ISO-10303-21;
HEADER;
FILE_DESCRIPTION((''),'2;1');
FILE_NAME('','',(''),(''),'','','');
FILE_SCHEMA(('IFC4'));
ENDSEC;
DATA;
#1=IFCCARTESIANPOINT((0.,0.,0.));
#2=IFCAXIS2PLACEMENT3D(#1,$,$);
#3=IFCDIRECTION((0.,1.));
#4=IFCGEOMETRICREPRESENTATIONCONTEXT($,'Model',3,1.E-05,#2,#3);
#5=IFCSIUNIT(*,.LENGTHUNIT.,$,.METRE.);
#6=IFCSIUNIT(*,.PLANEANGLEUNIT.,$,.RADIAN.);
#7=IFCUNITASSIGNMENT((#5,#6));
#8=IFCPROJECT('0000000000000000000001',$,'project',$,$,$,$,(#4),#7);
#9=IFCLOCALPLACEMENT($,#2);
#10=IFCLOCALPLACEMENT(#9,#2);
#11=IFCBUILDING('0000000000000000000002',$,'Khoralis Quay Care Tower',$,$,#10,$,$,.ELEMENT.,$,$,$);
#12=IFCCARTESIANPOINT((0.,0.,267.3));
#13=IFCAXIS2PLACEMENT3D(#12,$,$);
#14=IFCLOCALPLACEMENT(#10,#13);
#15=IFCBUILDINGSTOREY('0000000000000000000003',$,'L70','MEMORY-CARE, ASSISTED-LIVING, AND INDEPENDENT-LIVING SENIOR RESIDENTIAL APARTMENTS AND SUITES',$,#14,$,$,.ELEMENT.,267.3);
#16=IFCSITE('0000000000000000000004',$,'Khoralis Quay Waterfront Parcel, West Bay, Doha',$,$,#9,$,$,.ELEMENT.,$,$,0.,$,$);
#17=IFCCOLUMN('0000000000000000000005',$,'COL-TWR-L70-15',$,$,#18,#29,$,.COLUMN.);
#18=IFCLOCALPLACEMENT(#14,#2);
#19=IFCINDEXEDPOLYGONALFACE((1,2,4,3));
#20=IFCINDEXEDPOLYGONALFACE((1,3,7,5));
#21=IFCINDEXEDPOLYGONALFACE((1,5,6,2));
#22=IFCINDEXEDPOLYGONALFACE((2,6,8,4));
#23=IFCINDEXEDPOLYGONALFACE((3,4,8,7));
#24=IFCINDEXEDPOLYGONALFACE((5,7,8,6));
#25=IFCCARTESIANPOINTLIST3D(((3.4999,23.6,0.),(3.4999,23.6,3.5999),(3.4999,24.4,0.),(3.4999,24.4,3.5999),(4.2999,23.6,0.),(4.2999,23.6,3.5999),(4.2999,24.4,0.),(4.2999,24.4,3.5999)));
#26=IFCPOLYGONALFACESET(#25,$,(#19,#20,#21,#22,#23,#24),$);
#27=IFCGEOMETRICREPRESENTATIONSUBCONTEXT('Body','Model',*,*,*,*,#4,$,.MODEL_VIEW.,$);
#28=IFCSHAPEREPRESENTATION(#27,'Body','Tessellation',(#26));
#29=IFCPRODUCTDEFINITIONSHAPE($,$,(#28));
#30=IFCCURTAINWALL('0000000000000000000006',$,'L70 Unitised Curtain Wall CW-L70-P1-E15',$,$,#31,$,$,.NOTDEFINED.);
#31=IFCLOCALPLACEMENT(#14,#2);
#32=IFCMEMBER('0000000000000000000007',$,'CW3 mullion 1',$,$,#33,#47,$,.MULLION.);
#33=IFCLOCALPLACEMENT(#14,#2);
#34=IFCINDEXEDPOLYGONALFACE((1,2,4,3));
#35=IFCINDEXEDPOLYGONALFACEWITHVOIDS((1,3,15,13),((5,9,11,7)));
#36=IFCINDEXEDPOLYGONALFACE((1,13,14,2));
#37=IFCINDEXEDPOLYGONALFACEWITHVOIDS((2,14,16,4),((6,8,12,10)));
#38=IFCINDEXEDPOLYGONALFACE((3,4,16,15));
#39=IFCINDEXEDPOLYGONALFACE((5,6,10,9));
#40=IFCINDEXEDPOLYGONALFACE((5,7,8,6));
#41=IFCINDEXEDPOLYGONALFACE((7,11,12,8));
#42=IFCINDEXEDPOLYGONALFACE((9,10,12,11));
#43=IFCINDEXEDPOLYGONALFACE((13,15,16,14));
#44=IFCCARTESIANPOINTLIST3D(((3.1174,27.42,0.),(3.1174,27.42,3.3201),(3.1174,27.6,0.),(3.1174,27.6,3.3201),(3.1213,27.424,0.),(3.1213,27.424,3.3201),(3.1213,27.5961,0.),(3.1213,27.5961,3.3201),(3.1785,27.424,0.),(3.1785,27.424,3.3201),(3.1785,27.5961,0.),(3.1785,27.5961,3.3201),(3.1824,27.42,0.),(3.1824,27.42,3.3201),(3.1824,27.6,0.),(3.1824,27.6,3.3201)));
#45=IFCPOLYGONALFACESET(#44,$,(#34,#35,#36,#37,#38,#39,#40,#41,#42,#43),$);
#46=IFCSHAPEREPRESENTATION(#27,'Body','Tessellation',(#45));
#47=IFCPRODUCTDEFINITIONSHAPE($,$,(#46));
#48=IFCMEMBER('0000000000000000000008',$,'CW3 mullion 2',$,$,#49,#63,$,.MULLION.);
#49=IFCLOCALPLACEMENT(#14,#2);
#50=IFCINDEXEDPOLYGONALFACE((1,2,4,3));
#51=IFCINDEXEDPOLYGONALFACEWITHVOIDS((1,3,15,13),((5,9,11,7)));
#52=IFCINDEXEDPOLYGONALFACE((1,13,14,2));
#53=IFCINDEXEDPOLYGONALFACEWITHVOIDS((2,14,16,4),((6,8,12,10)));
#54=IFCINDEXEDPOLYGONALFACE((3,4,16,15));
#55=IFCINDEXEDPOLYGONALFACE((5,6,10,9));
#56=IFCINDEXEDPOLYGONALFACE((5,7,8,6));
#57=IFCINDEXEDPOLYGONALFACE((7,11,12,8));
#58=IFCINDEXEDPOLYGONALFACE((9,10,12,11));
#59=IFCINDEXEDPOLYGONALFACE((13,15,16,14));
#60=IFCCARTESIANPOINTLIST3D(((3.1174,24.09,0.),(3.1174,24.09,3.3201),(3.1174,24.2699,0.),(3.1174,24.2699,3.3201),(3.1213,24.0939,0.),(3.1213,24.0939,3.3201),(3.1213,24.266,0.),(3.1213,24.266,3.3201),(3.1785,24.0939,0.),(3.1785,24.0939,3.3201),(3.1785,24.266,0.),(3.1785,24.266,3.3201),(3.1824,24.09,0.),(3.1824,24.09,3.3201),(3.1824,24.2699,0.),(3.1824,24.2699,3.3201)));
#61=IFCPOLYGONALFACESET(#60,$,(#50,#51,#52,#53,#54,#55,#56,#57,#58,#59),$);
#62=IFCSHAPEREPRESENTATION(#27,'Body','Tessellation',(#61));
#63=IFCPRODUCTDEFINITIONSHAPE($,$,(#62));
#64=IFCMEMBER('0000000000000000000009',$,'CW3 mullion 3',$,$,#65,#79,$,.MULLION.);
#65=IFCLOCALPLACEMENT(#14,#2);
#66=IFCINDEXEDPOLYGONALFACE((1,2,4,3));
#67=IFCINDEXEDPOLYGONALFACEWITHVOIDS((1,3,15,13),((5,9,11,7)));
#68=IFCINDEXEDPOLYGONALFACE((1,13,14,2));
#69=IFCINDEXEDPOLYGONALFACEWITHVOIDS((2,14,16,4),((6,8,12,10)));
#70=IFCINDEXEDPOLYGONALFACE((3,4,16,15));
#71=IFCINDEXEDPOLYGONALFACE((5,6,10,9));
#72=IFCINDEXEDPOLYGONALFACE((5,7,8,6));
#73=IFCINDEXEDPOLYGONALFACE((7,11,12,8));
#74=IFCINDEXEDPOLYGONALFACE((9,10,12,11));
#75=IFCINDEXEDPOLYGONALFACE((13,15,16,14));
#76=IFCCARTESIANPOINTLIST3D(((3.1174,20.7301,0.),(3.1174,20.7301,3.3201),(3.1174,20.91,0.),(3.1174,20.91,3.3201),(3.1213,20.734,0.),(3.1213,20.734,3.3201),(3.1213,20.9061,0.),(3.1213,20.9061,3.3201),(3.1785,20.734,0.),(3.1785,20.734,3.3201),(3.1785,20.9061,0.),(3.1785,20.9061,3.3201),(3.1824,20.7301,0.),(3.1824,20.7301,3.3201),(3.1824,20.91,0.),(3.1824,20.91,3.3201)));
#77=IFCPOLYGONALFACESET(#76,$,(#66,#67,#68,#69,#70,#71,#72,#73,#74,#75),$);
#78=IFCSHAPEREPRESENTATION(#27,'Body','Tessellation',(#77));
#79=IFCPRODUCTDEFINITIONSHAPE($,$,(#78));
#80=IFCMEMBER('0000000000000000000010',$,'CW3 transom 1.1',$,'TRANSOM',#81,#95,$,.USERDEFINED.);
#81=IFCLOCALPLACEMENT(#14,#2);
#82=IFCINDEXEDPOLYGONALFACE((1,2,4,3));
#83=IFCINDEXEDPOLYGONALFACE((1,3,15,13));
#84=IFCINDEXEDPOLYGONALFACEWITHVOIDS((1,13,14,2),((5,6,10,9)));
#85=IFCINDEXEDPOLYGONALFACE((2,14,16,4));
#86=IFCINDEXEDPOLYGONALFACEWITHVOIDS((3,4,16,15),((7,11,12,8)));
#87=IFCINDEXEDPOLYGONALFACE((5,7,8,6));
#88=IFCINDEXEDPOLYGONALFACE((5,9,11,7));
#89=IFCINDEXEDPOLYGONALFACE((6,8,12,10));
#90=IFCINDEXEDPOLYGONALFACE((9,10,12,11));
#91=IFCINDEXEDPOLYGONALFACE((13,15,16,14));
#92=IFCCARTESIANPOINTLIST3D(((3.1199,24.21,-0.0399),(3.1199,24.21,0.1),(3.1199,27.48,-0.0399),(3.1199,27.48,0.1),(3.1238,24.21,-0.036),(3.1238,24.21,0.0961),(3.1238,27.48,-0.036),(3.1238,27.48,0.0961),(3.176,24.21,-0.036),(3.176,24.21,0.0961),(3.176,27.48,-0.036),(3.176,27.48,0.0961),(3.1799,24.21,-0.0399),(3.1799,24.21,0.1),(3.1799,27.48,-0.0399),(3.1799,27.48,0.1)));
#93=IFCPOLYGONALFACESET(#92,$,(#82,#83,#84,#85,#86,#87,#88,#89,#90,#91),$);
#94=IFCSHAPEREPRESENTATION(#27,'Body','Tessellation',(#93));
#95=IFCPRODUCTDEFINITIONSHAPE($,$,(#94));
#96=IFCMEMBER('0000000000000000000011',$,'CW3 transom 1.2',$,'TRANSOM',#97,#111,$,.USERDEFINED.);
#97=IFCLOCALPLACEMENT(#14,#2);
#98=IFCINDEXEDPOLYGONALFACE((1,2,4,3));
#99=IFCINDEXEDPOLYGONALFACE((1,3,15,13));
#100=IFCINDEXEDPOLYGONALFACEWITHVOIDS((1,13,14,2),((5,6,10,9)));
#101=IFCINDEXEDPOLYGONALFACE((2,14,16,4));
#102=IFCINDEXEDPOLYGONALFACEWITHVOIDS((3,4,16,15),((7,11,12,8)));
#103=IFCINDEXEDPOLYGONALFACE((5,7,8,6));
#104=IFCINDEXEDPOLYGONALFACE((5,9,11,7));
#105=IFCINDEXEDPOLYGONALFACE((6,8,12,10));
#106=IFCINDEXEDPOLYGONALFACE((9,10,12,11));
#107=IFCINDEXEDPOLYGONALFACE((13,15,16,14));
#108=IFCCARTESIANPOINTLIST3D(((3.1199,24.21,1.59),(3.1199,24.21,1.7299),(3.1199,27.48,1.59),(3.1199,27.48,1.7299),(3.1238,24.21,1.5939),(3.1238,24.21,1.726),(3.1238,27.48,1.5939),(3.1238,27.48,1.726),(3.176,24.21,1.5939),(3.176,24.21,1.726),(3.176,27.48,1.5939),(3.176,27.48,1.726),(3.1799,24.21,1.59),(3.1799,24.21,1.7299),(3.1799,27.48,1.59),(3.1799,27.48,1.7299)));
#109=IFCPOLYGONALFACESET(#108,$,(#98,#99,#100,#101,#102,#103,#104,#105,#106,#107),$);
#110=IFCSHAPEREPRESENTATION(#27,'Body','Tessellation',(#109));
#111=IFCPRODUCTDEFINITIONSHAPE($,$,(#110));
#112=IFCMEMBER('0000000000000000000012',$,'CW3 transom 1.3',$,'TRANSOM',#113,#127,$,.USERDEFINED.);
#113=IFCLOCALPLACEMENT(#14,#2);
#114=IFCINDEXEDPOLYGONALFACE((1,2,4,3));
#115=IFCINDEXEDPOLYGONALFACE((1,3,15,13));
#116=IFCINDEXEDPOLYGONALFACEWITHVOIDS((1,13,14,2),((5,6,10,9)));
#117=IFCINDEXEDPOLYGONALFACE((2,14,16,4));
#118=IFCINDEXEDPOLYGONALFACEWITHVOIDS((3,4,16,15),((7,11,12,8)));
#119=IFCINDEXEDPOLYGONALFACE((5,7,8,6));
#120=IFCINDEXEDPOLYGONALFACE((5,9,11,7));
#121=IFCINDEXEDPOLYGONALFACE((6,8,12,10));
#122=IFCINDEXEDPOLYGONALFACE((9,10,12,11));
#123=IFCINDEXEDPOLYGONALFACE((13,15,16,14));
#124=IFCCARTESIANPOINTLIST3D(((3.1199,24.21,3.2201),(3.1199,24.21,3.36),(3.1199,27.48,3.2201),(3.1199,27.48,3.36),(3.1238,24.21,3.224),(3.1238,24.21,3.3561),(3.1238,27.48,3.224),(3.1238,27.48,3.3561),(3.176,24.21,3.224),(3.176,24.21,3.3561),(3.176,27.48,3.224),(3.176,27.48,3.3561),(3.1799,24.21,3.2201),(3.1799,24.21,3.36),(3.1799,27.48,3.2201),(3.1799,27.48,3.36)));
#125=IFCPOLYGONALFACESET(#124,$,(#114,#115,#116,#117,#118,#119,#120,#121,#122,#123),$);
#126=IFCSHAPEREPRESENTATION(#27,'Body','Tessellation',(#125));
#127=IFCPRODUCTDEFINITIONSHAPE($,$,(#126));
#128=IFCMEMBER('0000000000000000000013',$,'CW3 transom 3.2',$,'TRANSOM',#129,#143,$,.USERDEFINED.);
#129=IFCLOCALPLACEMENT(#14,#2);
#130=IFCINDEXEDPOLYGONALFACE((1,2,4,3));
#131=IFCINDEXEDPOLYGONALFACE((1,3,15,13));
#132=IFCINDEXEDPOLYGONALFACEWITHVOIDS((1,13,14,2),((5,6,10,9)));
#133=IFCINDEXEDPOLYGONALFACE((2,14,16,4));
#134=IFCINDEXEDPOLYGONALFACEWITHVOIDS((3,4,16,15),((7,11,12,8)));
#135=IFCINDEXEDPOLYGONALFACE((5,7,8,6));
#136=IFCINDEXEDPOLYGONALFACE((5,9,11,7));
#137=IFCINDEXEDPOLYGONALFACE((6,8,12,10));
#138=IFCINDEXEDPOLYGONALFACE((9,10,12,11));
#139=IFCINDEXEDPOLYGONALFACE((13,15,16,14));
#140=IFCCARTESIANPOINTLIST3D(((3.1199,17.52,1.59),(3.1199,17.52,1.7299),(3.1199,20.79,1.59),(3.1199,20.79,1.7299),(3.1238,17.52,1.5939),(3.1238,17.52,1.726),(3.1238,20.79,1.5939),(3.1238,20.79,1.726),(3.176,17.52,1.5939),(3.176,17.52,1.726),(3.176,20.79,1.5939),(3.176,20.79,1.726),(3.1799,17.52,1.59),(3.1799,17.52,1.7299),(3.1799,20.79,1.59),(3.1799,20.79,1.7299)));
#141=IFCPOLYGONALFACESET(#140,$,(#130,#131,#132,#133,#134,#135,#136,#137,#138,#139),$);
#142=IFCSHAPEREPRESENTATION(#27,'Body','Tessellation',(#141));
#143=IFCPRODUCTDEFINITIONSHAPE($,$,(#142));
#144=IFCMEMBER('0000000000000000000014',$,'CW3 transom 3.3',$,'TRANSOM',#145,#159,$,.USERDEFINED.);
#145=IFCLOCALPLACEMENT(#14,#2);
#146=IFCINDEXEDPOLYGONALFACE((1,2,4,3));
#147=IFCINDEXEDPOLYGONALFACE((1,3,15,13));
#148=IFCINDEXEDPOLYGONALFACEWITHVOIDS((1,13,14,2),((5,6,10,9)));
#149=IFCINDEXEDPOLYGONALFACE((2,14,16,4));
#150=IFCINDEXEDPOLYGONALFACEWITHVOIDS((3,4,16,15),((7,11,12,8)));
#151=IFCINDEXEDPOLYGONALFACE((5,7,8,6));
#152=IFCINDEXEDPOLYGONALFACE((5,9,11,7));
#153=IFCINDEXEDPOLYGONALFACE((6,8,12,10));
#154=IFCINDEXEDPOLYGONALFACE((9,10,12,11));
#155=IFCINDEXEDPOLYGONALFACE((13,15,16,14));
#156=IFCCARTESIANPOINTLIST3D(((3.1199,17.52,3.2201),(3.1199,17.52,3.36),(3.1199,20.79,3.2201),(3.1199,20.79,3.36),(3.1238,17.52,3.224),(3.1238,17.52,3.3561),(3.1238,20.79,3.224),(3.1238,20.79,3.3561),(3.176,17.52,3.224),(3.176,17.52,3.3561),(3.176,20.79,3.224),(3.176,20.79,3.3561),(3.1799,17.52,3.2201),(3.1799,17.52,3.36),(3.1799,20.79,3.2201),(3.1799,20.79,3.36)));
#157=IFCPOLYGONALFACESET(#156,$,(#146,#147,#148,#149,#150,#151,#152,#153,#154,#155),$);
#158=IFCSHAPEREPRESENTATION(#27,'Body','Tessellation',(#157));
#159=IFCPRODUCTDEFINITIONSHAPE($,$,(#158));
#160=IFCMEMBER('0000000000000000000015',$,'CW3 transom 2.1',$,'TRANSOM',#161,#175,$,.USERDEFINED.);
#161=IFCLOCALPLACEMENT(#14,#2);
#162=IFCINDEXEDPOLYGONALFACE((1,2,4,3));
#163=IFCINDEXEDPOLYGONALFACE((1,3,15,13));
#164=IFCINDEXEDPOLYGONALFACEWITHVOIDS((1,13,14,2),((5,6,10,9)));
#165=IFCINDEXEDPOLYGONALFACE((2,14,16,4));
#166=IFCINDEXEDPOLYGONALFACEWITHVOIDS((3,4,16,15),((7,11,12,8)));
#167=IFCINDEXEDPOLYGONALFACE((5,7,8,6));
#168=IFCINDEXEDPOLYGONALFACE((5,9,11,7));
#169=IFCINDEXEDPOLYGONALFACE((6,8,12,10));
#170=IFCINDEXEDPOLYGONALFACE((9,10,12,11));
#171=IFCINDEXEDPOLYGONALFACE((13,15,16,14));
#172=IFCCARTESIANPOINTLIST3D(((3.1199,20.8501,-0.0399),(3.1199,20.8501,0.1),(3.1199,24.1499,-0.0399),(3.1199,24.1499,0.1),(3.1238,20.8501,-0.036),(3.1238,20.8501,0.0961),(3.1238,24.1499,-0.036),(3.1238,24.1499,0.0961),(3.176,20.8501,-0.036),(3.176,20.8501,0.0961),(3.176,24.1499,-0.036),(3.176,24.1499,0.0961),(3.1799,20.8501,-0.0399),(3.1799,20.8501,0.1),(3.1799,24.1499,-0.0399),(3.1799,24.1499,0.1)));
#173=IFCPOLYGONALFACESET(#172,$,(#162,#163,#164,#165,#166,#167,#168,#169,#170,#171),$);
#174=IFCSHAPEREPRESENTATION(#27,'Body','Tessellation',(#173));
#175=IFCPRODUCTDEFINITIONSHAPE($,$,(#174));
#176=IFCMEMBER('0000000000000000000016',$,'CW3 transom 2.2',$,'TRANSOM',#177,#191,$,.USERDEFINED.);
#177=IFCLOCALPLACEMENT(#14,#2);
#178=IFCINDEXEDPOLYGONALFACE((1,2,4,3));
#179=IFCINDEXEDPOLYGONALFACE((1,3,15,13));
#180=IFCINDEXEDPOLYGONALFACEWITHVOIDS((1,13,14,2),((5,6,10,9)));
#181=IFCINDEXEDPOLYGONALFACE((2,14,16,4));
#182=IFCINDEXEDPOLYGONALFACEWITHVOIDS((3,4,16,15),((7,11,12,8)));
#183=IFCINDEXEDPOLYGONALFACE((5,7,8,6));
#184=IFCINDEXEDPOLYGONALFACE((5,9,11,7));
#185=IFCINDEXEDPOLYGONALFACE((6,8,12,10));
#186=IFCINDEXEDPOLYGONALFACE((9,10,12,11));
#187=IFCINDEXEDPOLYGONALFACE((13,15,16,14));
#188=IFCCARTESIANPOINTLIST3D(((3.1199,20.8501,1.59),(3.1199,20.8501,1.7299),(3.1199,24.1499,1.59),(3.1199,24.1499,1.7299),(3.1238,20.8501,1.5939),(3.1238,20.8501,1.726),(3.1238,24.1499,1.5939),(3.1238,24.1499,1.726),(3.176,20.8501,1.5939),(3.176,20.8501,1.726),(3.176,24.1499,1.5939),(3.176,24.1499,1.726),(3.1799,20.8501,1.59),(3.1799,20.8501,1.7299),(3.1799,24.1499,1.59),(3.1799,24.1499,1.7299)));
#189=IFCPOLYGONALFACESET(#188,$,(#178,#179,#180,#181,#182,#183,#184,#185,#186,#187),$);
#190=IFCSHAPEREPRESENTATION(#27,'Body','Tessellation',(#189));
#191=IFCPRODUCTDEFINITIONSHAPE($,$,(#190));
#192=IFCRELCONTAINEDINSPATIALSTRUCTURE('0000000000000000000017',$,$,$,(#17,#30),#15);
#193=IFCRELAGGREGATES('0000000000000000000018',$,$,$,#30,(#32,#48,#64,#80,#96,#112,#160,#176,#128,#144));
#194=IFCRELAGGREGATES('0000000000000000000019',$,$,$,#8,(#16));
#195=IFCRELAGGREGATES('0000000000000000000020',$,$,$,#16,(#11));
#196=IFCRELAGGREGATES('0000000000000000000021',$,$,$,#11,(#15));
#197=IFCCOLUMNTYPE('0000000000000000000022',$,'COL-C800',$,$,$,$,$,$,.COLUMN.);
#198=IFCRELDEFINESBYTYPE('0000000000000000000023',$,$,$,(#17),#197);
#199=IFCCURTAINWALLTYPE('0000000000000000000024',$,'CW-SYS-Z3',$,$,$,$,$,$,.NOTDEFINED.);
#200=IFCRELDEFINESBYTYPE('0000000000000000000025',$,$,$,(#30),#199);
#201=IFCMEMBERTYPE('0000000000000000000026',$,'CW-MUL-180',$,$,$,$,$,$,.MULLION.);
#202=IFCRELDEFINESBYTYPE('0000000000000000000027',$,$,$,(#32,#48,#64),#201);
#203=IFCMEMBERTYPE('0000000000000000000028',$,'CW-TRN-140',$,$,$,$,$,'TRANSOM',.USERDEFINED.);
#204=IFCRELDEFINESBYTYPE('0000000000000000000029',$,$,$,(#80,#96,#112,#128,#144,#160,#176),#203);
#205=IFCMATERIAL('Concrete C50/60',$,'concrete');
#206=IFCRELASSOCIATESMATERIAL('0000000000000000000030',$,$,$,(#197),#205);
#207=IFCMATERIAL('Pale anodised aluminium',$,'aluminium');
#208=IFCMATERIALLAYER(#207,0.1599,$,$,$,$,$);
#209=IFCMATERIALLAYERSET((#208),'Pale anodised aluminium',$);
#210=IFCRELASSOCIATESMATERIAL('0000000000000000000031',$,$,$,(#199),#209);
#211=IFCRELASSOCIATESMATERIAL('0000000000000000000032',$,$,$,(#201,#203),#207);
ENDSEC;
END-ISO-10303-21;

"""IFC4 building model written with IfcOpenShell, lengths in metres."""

from ifc_helpers import new_model, si_unit, direction, frame, origin, origin_2d, place, context, subcontext, project, spatial, rectangle, hollow_rectangle, extrude, source, transform, mapped, material, layer, layer_set, material_profile, profile_set, type_object, element, aggregate, save


model = new_model("IFC4")

# Units and contexts
model_context = context("Model", 3, precision=1e-05, world=origin(), true_north=direction((0.0, 1.0)))
body_context = subcontext(model_context, "Body", "Model", "MODEL_VIEW")
ifc_project = project(units=[si_unit("LENGTHUNIT", "METRE"), si_unit("PLANEANGLEUNIT", "RADIAN")], contexts=[model_context])

# Site, building, storey
site_placement = place(None, origin())
site = spatial("IfcSite", under=ifc_project, at=site_placement, Name="Khoralis Quay Waterfront Parcel, West Bay, Doha", CompositionType="ELEMENT", RefElevation=0.0)
building_placement = place(site_placement, origin())
building = spatial("IfcBuilding", under=site, at=building_placement, Name="Khoralis Quay Care Tower", CompositionType="ELEMENT")
storey_placement = place(building_placement, frame((0.0, 0.0, 267.3)))
storey = spatial("IfcBuildingStorey", under=building, at=storey_placement, Name="L70", Description="MEMORY-CARE, ASSISTED-LIVING, AND INDEPENDENT-LIVING SENIOR RESIDENTIAL APARTMENTS AND SUITES", CompositionType="ELEMENT", Elevation=267.3)

# Column
ifc_material_1 = material(Name="Concrete C50/60", Category="concrete")
ifc_material_profile_1 = material_profile(ifc_material_1, rectangle(XDim=0.8, YDim=0.8, at=origin_2d()), Name="Concrete C50/60")
ifc_profile_set_1 = profile_set([ifc_material_profile_1], Name="Concrete C50/60")
column_type = type_object("IfcColumnType", Name="COL-C800", PredefinedType="COLUMN", material=ifc_profile_set_1)
shared_shape_1 = source(origin(), body_context, "Body", "SweptSolid", [
    extrude(rectangle(XDim=0.8, YDim=0.8, at=origin_2d()), origin(), (0.0, 0.0, 1.0), 3.5999),
])
column_placement = place(storey_placement, frame((3.8999, 24.0, 0.0), z_axis=(0.0, 0.0, 1.0), x_axis=(1.0, 0.0, 0.0)))
element("IfcColumn", 1, at=column_placement, inside=storey, type_object=column_type, Name="COL-TWR-L70-15", PredefinedType="COLUMN", context=body_context, shape_type="MappedRepresentation", body=[
    mapped(shared_shape_1, transform((0.0, 0.0, 0.0), scale=1.0)),
])

# Curtain wall, members
ifc_material_2 = material(Name="Pale anodised aluminium", Category="aluminium")
ifc_layer_1 = layer(ifc_material_2, 0.1599)
ifc_layer_set_1 = layer_set([ifc_layer_1], Name="Pale anodised aluminium")
curtain_wall_type = type_object("IfcCurtainWallType", Name="CW-SYS-Z3", PredefinedType="NOTDEFINED", material=ifc_layer_set_1)
curtain_wall_placement = place(storey_placement, origin())
curtain_wall = element("IfcCurtainWall", 2, at=curtain_wall_placement, inside=storey, type_object=curtain_wall_type, Name="L70 Unitised Curtain Wall CW-L70-P1-E15", PredefinedType="NOTDEFINED")
ifc_material_profile_2 = material_profile(ifc_material_2, hollow_rectangle(XDim=0.0649, YDim=0.1799, WallThickness=0.0039, at=origin_2d()), Name="Pale anodised aluminium")
ifc_profile_set_2 = profile_set([ifc_material_profile_2], Name="Pale anodised aluminium")
member_type_1 = type_object("IfcMemberType", Name="CW-MUL-180", PredefinedType="MULLION", material=ifc_profile_set_2)
shared_shape_2 = source(origin(), body_context, "Body", "SweptSolid", [
    extrude(hollow_rectangle(XDim=0.0649, YDim=0.1799, WallThickness=0.0039, at=origin_2d()), origin(), (0.0, 0.0, 1.0), 3.3201),
])
member_1_placement = place(storey_placement, frame((3.1499, 27.51, 0.0), z_axis=(0.0, 0.0, 1.0), x_axis=(1.0, 0.0, 0.0)))
member_1 = element("IfcMember", 3, at=member_1_placement, type_object=member_type_1, Name="CW3 mullion 1", PredefinedType="MULLION", context=body_context, shape_type="MappedRepresentation", body=[
    mapped(shared_shape_2, transform((0.0, 0.0, 0.0), scale=1.0)),
])
member_2_placement = place(storey_placement, frame((3.1499, 24.1799, 0.0), z_axis=(0.0, 0.0, 1.0), x_axis=(1.0, 0.0, 0.0)))
member_2 = element("IfcMember", 4, at=member_2_placement, type_object=member_type_1, Name="CW3 mullion 2", PredefinedType="MULLION", context=body_context, shape_type="MappedRepresentation", body=[
    mapped(shared_shape_2, transform((0.0, 0.0, 0.0), scale=1.0)),
])
member_3_placement = place(storey_placement, frame((3.1499, 20.8201, 0.0), z_axis=(0.0, 0.0, 1.0), x_axis=(1.0, 0.0, 0.0)))
member_3 = element("IfcMember", 5, at=member_3_placement, type_object=member_type_1, Name="CW3 mullion 3", PredefinedType="MULLION", context=body_context, shape_type="MappedRepresentation", body=[
    mapped(shared_shape_2, transform((0.0, 0.0, 0.0), scale=1.0)),
])
ifc_material_profile_3 = material_profile(ifc_material_2, hollow_rectangle(XDim=0.0601, YDim=0.1399, WallThickness=0.0039, at=origin_2d()), Name="Pale anodised aluminium")
ifc_profile_set_3 = profile_set([ifc_material_profile_3], Name="Pale anodised aluminium")
member_type_2 = type_object("IfcMemberType", Name="CW-TRN-140", ElementType="TRANSOM", PredefinedType="USERDEFINED", material=ifc_profile_set_3)
shared_shape_3 = source(origin(), body_context, "Body", "SweptSolid", [
    extrude(hollow_rectangle(XDim=0.0601, YDim=0.1399, WallThickness=0.0039, at=origin_2d()), origin(), (0.0, 0.0, 1.0), 3.27),
])
member_4_placement = place(storey_placement, frame((3.1499, 27.48, 0.03), z_axis=(0.0, -1.0, 0.0), x_axis=(1.0, 0.0, 0.0)))
member_4 = element("IfcMember", 6, at=member_4_placement, type_object=member_type_2, Name="CW3 transom 1.1", ObjectType="TRANSOM", PredefinedType="USERDEFINED", context=body_context, shape_type="MappedRepresentation", body=[
    mapped(shared_shape_3, transform((0.0, 0.0, 0.0), scale=1.0)),
])
member_5_placement = place(storey_placement, frame((3.1499, 27.48, 1.6599), z_axis=(0.0, -1.0, 0.0), x_axis=(1.0, 0.0, 0.0)))
member_5 = element("IfcMember", 7, at=member_5_placement, type_object=member_type_2, Name="CW3 transom 1.2", ObjectType="TRANSOM", PredefinedType="USERDEFINED", context=body_context, shape_type="MappedRepresentation", body=[
    mapped(shared_shape_3, transform((0.0, 0.0, 0.0), scale=1.0)),
])
member_6_placement = place(storey_placement, frame((3.1499, 27.48, 3.29), z_axis=(0.0, -1.0, 0.0), x_axis=(1.0, 0.0, 0.0)))
member_6 = element("IfcMember", 8, at=member_6_placement, type_object=member_type_2, Name="CW3 transom 1.3", ObjectType="TRANSOM", PredefinedType="USERDEFINED", context=body_context, shape_type="MappedRepresentation", body=[
    mapped(shared_shape_3, transform((0.0, 0.0, 0.0), scale=1.0)),
])
member_7_placement = place(storey_placement, frame((3.1499, 20.79, 1.6599), z_axis=(0.0, -1.0, 0.0), x_axis=(1.0, 0.0, 0.0)))
member_7 = element("IfcMember", 9, at=member_7_placement, type_object=member_type_2, Name="CW3 transom 3.2", ObjectType="TRANSOM", PredefinedType="USERDEFINED", context=body_context, shape_type="MappedRepresentation", body=[
    mapped(shared_shape_3, transform((0.0, 0.0, 0.0), scale=1.0)),
])
member_8_placement = place(storey_placement, frame((3.1499, 20.79, 3.29), z_axis=(0.0, -1.0, 0.0), x_axis=(1.0, 0.0, 0.0)))
member_8 = element("IfcMember", 10, at=member_8_placement, type_object=member_type_2, Name="CW3 transom 3.3", ObjectType="TRANSOM", PredefinedType="USERDEFINED", context=body_context, shape_type="MappedRepresentation", body=[
    mapped(shared_shape_3, transform((0.0, 0.0, 0.0), scale=1.0)),
])
shared_shape_4 = source(origin(), body_context, "Body", "SweptSolid", [
    extrude(hollow_rectangle(XDim=0.0601, YDim=0.1399, WallThickness=0.0039, at=origin_2d()), origin(), (0.0, 0.0, 1.0), 3.2998),
])
member_9_placement = place(storey_placement, frame((3.1499, 24.1499, 0.03), z_axis=(0.0, -1.0, 0.0), x_axis=(1.0, 0.0, 0.0)))
member_9 = element("IfcMember", 11, at=member_9_placement, type_object=member_type_2, Name="CW3 transom 2.1", ObjectType="TRANSOM", PredefinedType="USERDEFINED", context=body_context, shape_type="MappedRepresentation", body=[
    mapped(shared_shape_4, transform((0.0, 0.0, 0.0), scale=1.0)),
])
member_10_placement = place(storey_placement, frame((3.1499, 24.1499, 1.6599), z_axis=(0.0, -1.0, 0.0), x_axis=(1.0, 0.0, 0.0)))
member_10 = element("IfcMember", 12, at=member_10_placement, type_object=member_type_2, Name="CW3 transom 2.2", ObjectType="TRANSOM", PredefinedType="USERDEFINED", context=body_context, shape_type="MappedRepresentation", body=[
    mapped(shared_shape_4, transform((0.0, 0.0, 0.0), scale=1.0)),
])
aggregate(curtain_wall, [member_1, member_2, member_3, member_4, member_5, member_6, member_9, member_10, member_7, member_8])

save(model, "model.ifc")
